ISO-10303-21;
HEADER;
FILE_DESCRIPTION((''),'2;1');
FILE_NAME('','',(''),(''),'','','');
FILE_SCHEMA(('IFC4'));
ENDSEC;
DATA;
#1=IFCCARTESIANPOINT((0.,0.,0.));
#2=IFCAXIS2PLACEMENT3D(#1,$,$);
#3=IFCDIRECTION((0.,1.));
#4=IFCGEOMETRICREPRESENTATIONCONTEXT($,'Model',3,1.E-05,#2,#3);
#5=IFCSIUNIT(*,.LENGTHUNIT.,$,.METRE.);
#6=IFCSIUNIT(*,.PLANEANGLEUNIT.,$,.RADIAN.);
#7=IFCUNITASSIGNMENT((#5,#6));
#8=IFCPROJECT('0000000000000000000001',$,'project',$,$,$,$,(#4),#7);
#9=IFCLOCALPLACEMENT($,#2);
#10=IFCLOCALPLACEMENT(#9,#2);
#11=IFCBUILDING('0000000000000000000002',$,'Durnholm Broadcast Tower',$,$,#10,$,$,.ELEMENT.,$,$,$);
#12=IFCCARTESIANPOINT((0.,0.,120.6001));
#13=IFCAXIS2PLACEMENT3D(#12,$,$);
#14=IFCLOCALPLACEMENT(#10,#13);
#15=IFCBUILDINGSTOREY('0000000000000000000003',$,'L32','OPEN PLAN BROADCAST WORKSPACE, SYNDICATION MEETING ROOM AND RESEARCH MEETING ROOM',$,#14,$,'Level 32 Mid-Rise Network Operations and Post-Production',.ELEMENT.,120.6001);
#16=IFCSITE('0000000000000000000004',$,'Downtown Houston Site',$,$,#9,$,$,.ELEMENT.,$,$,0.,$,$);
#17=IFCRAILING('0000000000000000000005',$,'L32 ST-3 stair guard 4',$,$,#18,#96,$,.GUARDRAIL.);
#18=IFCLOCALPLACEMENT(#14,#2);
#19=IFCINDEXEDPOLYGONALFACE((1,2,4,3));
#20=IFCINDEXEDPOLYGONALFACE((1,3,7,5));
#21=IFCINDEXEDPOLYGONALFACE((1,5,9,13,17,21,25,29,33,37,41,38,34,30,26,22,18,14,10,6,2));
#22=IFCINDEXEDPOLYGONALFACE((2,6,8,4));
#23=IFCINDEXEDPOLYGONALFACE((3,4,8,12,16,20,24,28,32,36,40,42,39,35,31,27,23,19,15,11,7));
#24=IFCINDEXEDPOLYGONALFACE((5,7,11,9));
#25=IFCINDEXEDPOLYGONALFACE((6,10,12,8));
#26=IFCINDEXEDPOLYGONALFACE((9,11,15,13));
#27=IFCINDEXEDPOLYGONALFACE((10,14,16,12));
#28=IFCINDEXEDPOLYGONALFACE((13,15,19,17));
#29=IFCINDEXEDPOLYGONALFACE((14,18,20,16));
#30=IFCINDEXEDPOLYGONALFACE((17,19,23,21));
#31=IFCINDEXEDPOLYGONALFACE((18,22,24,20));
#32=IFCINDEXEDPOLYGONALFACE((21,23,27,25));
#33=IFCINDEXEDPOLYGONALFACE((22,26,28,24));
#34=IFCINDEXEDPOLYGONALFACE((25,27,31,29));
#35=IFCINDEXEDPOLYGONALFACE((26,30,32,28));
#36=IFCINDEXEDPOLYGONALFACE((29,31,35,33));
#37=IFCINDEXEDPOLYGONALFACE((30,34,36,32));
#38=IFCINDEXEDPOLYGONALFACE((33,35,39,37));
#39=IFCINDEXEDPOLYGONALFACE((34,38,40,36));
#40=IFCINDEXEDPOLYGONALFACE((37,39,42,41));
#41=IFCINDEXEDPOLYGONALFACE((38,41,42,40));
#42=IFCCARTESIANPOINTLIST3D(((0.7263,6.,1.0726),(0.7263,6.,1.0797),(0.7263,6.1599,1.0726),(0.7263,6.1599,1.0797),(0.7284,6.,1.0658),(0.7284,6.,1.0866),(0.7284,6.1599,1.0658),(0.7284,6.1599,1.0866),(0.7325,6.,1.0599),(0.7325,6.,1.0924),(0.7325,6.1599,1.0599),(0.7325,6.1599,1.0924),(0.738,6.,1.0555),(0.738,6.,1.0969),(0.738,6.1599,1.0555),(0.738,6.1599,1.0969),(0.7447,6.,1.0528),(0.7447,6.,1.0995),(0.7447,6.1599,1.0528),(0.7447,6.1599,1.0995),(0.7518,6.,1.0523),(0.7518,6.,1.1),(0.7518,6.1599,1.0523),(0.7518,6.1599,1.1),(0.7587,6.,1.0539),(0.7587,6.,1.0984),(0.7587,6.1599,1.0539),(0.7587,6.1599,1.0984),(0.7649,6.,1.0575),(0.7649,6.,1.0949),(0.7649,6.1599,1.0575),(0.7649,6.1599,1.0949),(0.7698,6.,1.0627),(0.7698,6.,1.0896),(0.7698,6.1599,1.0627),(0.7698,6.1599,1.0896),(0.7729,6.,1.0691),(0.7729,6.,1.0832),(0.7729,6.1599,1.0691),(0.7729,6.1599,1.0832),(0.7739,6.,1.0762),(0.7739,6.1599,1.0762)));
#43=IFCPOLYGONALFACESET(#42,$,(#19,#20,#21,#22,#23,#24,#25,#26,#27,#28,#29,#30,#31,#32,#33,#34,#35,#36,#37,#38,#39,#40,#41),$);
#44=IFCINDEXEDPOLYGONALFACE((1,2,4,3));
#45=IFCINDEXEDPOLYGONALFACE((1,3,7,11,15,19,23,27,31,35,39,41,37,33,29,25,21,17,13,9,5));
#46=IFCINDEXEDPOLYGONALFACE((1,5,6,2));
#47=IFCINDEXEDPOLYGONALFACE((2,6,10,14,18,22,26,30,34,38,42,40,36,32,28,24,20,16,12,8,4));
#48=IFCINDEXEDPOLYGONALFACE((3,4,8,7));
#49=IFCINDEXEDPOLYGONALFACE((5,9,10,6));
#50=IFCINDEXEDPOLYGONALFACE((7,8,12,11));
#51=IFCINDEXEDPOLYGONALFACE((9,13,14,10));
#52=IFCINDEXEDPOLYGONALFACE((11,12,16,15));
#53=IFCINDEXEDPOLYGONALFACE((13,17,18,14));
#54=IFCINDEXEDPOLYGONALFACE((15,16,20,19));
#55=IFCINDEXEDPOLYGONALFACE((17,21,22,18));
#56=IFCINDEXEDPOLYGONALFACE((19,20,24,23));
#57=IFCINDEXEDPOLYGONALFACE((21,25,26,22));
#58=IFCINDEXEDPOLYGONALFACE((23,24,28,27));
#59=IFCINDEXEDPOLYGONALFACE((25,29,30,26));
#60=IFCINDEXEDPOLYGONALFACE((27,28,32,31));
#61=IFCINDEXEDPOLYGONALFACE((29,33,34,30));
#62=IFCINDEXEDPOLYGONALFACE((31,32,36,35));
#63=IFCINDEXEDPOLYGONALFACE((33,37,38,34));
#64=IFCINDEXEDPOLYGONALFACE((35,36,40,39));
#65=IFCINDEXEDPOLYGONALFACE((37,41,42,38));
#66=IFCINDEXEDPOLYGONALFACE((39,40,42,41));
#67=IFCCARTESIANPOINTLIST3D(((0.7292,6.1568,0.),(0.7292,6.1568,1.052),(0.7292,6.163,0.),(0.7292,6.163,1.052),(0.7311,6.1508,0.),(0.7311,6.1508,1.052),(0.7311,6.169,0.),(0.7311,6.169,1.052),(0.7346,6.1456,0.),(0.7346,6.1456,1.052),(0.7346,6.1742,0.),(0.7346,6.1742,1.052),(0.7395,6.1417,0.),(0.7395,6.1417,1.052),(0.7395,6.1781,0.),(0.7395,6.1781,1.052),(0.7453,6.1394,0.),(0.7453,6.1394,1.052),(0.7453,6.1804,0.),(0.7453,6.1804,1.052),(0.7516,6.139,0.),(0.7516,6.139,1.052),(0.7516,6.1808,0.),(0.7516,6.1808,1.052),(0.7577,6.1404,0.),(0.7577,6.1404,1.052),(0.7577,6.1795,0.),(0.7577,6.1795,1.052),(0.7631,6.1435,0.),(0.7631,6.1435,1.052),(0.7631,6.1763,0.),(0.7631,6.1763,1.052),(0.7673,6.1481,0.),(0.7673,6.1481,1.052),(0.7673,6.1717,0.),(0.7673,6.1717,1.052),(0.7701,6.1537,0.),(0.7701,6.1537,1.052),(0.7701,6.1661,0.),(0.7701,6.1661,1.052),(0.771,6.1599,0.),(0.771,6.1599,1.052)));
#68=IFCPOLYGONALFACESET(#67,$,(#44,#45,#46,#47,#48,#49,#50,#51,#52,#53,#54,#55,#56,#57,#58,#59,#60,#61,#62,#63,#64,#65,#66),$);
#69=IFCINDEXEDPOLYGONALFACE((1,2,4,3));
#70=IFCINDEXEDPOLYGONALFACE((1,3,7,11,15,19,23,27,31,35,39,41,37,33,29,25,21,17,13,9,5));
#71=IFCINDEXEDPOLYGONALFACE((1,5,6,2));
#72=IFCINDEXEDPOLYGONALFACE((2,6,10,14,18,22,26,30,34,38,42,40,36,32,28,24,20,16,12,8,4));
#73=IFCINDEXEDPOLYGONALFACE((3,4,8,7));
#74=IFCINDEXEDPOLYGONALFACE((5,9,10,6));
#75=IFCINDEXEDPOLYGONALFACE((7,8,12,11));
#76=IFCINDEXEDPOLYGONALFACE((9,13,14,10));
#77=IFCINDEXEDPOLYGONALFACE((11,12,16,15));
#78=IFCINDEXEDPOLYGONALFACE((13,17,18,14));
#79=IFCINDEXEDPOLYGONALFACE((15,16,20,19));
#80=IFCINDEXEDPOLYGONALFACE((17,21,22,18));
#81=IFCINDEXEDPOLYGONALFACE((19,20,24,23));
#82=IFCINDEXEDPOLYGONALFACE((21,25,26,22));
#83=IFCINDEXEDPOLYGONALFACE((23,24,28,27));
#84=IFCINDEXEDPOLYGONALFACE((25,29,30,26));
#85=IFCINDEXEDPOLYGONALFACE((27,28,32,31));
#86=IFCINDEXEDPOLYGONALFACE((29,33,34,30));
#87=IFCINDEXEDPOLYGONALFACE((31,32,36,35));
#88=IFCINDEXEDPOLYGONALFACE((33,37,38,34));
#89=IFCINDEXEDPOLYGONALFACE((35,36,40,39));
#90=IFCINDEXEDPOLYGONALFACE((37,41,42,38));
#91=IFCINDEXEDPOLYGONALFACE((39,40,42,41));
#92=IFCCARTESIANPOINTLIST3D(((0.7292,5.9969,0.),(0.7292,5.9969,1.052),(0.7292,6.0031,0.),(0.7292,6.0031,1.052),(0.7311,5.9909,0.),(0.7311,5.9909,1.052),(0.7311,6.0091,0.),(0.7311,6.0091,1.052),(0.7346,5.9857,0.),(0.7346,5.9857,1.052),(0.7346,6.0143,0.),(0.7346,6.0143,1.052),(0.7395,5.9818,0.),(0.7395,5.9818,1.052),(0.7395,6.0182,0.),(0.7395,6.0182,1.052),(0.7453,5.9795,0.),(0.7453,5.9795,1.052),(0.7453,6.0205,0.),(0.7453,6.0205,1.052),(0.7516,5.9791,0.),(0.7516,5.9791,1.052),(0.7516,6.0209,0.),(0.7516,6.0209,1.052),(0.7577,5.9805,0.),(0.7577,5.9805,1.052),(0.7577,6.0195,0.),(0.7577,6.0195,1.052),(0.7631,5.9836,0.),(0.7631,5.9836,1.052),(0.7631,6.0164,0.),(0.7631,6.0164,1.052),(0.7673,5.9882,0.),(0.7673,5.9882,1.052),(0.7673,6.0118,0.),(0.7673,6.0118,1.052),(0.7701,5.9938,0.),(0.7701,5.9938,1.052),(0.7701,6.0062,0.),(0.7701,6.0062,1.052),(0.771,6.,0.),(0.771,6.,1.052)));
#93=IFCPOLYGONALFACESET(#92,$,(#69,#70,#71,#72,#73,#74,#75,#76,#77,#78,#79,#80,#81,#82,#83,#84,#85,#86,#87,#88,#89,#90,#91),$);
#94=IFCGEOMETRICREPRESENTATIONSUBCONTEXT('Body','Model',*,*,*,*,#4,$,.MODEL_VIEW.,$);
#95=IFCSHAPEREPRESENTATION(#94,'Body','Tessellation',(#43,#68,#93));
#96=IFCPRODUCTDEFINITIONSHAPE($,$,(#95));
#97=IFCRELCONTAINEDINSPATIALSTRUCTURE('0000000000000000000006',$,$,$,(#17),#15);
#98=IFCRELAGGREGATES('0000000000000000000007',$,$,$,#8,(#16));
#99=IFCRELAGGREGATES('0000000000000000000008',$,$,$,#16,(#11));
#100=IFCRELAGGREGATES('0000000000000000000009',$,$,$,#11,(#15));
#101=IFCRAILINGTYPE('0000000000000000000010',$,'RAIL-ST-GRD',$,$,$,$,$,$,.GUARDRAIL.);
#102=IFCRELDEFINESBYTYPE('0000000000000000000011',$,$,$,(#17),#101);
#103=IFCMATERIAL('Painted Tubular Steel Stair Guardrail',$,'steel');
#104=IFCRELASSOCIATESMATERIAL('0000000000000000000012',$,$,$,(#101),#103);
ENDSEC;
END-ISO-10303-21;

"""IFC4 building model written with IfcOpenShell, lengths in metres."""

from ifc_helpers import new_model, si_unit, direction, frame, origin, origin_2d, place, context, subcontext, project, spatial, circle, extrude, material, type_object, element, save


model = new_model("IFC4")

# Units and contexts
model_context = context("Model", 3, precision=1e-05, world=origin(), true_north=direction((0.0, 1.0)))
body_context = subcontext(model_context, "Body", "Model", "MODEL_VIEW")
ifc_project = project(units=[si_unit("LENGTHUNIT", "METRE"), si_unit("PLANEANGLEUNIT", "RADIAN")], contexts=[model_context])

# Site, building, storey
site_placement = place(None, origin())
site = spatial("IfcSite", under=ifc_project, at=site_placement, Name="Downtown Houston Site", CompositionType="ELEMENT", RefElevation=0.0)
building_placement = place(site_placement, origin())
building = spatial("IfcBuilding", under=site, at=building_placement, Name="Durnholm Broadcast Tower", CompositionType="ELEMENT")
storey_placement = place(building_placement, frame((0.0, 0.0, 120.6001)))
storey = spatial("IfcBuildingStorey", under=building, at=storey_placement, Name="L32", Description="OPEN PLAN BROADCAST WORKSPACE, SYNDICATION MEETING ROOM AND RESEARCH MEETING ROOM", LongName="Level 32 Mid-Rise Network Operations and Post-Production", CompositionType="ELEMENT", Elevation=120.6001)

# Railing
ifc_material_1 = material(Name="Painted Tubular Steel Stair Guardrail", Category="steel")
railing_type_1 = type_object("IfcRailingType", Name="RAIL-ST-GRD", PredefinedType="GUARDRAIL", material=ifc_material_1)
railing_1_placement = place(storey_placement, frame((0.75, 6.1599, 0.0)))
element("IfcRailing", 1, at=railing_1_placement, inside=storey, type_object=railing_type_1, Name="L32 ST-3 stair guard 4", PredefinedType="GUARDRAIL", context=body_context, shape_type="SweptSolid", body=[
    extrude(circle(Radius=0.0239, at=origin_2d()), frame((0.0, 0.0, 1.0762), z_axis=(0.0, -1.0, 0.0), x_axis=(1.0, 0.0, 0.0)), (0.0, 0.0, 1.0), 0.1599),
    extrude(circle(Radius=0.021, at=origin_2d()), origin(), (0.0, 0.0, 1.0), 1.052),
    extrude(circle(Radius=0.021, at=origin_2d()), frame((0.0, -0.1599, 0.0)), (0.0, 0.0, 1.0), 1.052),
])

save(model, "model.ifc")
